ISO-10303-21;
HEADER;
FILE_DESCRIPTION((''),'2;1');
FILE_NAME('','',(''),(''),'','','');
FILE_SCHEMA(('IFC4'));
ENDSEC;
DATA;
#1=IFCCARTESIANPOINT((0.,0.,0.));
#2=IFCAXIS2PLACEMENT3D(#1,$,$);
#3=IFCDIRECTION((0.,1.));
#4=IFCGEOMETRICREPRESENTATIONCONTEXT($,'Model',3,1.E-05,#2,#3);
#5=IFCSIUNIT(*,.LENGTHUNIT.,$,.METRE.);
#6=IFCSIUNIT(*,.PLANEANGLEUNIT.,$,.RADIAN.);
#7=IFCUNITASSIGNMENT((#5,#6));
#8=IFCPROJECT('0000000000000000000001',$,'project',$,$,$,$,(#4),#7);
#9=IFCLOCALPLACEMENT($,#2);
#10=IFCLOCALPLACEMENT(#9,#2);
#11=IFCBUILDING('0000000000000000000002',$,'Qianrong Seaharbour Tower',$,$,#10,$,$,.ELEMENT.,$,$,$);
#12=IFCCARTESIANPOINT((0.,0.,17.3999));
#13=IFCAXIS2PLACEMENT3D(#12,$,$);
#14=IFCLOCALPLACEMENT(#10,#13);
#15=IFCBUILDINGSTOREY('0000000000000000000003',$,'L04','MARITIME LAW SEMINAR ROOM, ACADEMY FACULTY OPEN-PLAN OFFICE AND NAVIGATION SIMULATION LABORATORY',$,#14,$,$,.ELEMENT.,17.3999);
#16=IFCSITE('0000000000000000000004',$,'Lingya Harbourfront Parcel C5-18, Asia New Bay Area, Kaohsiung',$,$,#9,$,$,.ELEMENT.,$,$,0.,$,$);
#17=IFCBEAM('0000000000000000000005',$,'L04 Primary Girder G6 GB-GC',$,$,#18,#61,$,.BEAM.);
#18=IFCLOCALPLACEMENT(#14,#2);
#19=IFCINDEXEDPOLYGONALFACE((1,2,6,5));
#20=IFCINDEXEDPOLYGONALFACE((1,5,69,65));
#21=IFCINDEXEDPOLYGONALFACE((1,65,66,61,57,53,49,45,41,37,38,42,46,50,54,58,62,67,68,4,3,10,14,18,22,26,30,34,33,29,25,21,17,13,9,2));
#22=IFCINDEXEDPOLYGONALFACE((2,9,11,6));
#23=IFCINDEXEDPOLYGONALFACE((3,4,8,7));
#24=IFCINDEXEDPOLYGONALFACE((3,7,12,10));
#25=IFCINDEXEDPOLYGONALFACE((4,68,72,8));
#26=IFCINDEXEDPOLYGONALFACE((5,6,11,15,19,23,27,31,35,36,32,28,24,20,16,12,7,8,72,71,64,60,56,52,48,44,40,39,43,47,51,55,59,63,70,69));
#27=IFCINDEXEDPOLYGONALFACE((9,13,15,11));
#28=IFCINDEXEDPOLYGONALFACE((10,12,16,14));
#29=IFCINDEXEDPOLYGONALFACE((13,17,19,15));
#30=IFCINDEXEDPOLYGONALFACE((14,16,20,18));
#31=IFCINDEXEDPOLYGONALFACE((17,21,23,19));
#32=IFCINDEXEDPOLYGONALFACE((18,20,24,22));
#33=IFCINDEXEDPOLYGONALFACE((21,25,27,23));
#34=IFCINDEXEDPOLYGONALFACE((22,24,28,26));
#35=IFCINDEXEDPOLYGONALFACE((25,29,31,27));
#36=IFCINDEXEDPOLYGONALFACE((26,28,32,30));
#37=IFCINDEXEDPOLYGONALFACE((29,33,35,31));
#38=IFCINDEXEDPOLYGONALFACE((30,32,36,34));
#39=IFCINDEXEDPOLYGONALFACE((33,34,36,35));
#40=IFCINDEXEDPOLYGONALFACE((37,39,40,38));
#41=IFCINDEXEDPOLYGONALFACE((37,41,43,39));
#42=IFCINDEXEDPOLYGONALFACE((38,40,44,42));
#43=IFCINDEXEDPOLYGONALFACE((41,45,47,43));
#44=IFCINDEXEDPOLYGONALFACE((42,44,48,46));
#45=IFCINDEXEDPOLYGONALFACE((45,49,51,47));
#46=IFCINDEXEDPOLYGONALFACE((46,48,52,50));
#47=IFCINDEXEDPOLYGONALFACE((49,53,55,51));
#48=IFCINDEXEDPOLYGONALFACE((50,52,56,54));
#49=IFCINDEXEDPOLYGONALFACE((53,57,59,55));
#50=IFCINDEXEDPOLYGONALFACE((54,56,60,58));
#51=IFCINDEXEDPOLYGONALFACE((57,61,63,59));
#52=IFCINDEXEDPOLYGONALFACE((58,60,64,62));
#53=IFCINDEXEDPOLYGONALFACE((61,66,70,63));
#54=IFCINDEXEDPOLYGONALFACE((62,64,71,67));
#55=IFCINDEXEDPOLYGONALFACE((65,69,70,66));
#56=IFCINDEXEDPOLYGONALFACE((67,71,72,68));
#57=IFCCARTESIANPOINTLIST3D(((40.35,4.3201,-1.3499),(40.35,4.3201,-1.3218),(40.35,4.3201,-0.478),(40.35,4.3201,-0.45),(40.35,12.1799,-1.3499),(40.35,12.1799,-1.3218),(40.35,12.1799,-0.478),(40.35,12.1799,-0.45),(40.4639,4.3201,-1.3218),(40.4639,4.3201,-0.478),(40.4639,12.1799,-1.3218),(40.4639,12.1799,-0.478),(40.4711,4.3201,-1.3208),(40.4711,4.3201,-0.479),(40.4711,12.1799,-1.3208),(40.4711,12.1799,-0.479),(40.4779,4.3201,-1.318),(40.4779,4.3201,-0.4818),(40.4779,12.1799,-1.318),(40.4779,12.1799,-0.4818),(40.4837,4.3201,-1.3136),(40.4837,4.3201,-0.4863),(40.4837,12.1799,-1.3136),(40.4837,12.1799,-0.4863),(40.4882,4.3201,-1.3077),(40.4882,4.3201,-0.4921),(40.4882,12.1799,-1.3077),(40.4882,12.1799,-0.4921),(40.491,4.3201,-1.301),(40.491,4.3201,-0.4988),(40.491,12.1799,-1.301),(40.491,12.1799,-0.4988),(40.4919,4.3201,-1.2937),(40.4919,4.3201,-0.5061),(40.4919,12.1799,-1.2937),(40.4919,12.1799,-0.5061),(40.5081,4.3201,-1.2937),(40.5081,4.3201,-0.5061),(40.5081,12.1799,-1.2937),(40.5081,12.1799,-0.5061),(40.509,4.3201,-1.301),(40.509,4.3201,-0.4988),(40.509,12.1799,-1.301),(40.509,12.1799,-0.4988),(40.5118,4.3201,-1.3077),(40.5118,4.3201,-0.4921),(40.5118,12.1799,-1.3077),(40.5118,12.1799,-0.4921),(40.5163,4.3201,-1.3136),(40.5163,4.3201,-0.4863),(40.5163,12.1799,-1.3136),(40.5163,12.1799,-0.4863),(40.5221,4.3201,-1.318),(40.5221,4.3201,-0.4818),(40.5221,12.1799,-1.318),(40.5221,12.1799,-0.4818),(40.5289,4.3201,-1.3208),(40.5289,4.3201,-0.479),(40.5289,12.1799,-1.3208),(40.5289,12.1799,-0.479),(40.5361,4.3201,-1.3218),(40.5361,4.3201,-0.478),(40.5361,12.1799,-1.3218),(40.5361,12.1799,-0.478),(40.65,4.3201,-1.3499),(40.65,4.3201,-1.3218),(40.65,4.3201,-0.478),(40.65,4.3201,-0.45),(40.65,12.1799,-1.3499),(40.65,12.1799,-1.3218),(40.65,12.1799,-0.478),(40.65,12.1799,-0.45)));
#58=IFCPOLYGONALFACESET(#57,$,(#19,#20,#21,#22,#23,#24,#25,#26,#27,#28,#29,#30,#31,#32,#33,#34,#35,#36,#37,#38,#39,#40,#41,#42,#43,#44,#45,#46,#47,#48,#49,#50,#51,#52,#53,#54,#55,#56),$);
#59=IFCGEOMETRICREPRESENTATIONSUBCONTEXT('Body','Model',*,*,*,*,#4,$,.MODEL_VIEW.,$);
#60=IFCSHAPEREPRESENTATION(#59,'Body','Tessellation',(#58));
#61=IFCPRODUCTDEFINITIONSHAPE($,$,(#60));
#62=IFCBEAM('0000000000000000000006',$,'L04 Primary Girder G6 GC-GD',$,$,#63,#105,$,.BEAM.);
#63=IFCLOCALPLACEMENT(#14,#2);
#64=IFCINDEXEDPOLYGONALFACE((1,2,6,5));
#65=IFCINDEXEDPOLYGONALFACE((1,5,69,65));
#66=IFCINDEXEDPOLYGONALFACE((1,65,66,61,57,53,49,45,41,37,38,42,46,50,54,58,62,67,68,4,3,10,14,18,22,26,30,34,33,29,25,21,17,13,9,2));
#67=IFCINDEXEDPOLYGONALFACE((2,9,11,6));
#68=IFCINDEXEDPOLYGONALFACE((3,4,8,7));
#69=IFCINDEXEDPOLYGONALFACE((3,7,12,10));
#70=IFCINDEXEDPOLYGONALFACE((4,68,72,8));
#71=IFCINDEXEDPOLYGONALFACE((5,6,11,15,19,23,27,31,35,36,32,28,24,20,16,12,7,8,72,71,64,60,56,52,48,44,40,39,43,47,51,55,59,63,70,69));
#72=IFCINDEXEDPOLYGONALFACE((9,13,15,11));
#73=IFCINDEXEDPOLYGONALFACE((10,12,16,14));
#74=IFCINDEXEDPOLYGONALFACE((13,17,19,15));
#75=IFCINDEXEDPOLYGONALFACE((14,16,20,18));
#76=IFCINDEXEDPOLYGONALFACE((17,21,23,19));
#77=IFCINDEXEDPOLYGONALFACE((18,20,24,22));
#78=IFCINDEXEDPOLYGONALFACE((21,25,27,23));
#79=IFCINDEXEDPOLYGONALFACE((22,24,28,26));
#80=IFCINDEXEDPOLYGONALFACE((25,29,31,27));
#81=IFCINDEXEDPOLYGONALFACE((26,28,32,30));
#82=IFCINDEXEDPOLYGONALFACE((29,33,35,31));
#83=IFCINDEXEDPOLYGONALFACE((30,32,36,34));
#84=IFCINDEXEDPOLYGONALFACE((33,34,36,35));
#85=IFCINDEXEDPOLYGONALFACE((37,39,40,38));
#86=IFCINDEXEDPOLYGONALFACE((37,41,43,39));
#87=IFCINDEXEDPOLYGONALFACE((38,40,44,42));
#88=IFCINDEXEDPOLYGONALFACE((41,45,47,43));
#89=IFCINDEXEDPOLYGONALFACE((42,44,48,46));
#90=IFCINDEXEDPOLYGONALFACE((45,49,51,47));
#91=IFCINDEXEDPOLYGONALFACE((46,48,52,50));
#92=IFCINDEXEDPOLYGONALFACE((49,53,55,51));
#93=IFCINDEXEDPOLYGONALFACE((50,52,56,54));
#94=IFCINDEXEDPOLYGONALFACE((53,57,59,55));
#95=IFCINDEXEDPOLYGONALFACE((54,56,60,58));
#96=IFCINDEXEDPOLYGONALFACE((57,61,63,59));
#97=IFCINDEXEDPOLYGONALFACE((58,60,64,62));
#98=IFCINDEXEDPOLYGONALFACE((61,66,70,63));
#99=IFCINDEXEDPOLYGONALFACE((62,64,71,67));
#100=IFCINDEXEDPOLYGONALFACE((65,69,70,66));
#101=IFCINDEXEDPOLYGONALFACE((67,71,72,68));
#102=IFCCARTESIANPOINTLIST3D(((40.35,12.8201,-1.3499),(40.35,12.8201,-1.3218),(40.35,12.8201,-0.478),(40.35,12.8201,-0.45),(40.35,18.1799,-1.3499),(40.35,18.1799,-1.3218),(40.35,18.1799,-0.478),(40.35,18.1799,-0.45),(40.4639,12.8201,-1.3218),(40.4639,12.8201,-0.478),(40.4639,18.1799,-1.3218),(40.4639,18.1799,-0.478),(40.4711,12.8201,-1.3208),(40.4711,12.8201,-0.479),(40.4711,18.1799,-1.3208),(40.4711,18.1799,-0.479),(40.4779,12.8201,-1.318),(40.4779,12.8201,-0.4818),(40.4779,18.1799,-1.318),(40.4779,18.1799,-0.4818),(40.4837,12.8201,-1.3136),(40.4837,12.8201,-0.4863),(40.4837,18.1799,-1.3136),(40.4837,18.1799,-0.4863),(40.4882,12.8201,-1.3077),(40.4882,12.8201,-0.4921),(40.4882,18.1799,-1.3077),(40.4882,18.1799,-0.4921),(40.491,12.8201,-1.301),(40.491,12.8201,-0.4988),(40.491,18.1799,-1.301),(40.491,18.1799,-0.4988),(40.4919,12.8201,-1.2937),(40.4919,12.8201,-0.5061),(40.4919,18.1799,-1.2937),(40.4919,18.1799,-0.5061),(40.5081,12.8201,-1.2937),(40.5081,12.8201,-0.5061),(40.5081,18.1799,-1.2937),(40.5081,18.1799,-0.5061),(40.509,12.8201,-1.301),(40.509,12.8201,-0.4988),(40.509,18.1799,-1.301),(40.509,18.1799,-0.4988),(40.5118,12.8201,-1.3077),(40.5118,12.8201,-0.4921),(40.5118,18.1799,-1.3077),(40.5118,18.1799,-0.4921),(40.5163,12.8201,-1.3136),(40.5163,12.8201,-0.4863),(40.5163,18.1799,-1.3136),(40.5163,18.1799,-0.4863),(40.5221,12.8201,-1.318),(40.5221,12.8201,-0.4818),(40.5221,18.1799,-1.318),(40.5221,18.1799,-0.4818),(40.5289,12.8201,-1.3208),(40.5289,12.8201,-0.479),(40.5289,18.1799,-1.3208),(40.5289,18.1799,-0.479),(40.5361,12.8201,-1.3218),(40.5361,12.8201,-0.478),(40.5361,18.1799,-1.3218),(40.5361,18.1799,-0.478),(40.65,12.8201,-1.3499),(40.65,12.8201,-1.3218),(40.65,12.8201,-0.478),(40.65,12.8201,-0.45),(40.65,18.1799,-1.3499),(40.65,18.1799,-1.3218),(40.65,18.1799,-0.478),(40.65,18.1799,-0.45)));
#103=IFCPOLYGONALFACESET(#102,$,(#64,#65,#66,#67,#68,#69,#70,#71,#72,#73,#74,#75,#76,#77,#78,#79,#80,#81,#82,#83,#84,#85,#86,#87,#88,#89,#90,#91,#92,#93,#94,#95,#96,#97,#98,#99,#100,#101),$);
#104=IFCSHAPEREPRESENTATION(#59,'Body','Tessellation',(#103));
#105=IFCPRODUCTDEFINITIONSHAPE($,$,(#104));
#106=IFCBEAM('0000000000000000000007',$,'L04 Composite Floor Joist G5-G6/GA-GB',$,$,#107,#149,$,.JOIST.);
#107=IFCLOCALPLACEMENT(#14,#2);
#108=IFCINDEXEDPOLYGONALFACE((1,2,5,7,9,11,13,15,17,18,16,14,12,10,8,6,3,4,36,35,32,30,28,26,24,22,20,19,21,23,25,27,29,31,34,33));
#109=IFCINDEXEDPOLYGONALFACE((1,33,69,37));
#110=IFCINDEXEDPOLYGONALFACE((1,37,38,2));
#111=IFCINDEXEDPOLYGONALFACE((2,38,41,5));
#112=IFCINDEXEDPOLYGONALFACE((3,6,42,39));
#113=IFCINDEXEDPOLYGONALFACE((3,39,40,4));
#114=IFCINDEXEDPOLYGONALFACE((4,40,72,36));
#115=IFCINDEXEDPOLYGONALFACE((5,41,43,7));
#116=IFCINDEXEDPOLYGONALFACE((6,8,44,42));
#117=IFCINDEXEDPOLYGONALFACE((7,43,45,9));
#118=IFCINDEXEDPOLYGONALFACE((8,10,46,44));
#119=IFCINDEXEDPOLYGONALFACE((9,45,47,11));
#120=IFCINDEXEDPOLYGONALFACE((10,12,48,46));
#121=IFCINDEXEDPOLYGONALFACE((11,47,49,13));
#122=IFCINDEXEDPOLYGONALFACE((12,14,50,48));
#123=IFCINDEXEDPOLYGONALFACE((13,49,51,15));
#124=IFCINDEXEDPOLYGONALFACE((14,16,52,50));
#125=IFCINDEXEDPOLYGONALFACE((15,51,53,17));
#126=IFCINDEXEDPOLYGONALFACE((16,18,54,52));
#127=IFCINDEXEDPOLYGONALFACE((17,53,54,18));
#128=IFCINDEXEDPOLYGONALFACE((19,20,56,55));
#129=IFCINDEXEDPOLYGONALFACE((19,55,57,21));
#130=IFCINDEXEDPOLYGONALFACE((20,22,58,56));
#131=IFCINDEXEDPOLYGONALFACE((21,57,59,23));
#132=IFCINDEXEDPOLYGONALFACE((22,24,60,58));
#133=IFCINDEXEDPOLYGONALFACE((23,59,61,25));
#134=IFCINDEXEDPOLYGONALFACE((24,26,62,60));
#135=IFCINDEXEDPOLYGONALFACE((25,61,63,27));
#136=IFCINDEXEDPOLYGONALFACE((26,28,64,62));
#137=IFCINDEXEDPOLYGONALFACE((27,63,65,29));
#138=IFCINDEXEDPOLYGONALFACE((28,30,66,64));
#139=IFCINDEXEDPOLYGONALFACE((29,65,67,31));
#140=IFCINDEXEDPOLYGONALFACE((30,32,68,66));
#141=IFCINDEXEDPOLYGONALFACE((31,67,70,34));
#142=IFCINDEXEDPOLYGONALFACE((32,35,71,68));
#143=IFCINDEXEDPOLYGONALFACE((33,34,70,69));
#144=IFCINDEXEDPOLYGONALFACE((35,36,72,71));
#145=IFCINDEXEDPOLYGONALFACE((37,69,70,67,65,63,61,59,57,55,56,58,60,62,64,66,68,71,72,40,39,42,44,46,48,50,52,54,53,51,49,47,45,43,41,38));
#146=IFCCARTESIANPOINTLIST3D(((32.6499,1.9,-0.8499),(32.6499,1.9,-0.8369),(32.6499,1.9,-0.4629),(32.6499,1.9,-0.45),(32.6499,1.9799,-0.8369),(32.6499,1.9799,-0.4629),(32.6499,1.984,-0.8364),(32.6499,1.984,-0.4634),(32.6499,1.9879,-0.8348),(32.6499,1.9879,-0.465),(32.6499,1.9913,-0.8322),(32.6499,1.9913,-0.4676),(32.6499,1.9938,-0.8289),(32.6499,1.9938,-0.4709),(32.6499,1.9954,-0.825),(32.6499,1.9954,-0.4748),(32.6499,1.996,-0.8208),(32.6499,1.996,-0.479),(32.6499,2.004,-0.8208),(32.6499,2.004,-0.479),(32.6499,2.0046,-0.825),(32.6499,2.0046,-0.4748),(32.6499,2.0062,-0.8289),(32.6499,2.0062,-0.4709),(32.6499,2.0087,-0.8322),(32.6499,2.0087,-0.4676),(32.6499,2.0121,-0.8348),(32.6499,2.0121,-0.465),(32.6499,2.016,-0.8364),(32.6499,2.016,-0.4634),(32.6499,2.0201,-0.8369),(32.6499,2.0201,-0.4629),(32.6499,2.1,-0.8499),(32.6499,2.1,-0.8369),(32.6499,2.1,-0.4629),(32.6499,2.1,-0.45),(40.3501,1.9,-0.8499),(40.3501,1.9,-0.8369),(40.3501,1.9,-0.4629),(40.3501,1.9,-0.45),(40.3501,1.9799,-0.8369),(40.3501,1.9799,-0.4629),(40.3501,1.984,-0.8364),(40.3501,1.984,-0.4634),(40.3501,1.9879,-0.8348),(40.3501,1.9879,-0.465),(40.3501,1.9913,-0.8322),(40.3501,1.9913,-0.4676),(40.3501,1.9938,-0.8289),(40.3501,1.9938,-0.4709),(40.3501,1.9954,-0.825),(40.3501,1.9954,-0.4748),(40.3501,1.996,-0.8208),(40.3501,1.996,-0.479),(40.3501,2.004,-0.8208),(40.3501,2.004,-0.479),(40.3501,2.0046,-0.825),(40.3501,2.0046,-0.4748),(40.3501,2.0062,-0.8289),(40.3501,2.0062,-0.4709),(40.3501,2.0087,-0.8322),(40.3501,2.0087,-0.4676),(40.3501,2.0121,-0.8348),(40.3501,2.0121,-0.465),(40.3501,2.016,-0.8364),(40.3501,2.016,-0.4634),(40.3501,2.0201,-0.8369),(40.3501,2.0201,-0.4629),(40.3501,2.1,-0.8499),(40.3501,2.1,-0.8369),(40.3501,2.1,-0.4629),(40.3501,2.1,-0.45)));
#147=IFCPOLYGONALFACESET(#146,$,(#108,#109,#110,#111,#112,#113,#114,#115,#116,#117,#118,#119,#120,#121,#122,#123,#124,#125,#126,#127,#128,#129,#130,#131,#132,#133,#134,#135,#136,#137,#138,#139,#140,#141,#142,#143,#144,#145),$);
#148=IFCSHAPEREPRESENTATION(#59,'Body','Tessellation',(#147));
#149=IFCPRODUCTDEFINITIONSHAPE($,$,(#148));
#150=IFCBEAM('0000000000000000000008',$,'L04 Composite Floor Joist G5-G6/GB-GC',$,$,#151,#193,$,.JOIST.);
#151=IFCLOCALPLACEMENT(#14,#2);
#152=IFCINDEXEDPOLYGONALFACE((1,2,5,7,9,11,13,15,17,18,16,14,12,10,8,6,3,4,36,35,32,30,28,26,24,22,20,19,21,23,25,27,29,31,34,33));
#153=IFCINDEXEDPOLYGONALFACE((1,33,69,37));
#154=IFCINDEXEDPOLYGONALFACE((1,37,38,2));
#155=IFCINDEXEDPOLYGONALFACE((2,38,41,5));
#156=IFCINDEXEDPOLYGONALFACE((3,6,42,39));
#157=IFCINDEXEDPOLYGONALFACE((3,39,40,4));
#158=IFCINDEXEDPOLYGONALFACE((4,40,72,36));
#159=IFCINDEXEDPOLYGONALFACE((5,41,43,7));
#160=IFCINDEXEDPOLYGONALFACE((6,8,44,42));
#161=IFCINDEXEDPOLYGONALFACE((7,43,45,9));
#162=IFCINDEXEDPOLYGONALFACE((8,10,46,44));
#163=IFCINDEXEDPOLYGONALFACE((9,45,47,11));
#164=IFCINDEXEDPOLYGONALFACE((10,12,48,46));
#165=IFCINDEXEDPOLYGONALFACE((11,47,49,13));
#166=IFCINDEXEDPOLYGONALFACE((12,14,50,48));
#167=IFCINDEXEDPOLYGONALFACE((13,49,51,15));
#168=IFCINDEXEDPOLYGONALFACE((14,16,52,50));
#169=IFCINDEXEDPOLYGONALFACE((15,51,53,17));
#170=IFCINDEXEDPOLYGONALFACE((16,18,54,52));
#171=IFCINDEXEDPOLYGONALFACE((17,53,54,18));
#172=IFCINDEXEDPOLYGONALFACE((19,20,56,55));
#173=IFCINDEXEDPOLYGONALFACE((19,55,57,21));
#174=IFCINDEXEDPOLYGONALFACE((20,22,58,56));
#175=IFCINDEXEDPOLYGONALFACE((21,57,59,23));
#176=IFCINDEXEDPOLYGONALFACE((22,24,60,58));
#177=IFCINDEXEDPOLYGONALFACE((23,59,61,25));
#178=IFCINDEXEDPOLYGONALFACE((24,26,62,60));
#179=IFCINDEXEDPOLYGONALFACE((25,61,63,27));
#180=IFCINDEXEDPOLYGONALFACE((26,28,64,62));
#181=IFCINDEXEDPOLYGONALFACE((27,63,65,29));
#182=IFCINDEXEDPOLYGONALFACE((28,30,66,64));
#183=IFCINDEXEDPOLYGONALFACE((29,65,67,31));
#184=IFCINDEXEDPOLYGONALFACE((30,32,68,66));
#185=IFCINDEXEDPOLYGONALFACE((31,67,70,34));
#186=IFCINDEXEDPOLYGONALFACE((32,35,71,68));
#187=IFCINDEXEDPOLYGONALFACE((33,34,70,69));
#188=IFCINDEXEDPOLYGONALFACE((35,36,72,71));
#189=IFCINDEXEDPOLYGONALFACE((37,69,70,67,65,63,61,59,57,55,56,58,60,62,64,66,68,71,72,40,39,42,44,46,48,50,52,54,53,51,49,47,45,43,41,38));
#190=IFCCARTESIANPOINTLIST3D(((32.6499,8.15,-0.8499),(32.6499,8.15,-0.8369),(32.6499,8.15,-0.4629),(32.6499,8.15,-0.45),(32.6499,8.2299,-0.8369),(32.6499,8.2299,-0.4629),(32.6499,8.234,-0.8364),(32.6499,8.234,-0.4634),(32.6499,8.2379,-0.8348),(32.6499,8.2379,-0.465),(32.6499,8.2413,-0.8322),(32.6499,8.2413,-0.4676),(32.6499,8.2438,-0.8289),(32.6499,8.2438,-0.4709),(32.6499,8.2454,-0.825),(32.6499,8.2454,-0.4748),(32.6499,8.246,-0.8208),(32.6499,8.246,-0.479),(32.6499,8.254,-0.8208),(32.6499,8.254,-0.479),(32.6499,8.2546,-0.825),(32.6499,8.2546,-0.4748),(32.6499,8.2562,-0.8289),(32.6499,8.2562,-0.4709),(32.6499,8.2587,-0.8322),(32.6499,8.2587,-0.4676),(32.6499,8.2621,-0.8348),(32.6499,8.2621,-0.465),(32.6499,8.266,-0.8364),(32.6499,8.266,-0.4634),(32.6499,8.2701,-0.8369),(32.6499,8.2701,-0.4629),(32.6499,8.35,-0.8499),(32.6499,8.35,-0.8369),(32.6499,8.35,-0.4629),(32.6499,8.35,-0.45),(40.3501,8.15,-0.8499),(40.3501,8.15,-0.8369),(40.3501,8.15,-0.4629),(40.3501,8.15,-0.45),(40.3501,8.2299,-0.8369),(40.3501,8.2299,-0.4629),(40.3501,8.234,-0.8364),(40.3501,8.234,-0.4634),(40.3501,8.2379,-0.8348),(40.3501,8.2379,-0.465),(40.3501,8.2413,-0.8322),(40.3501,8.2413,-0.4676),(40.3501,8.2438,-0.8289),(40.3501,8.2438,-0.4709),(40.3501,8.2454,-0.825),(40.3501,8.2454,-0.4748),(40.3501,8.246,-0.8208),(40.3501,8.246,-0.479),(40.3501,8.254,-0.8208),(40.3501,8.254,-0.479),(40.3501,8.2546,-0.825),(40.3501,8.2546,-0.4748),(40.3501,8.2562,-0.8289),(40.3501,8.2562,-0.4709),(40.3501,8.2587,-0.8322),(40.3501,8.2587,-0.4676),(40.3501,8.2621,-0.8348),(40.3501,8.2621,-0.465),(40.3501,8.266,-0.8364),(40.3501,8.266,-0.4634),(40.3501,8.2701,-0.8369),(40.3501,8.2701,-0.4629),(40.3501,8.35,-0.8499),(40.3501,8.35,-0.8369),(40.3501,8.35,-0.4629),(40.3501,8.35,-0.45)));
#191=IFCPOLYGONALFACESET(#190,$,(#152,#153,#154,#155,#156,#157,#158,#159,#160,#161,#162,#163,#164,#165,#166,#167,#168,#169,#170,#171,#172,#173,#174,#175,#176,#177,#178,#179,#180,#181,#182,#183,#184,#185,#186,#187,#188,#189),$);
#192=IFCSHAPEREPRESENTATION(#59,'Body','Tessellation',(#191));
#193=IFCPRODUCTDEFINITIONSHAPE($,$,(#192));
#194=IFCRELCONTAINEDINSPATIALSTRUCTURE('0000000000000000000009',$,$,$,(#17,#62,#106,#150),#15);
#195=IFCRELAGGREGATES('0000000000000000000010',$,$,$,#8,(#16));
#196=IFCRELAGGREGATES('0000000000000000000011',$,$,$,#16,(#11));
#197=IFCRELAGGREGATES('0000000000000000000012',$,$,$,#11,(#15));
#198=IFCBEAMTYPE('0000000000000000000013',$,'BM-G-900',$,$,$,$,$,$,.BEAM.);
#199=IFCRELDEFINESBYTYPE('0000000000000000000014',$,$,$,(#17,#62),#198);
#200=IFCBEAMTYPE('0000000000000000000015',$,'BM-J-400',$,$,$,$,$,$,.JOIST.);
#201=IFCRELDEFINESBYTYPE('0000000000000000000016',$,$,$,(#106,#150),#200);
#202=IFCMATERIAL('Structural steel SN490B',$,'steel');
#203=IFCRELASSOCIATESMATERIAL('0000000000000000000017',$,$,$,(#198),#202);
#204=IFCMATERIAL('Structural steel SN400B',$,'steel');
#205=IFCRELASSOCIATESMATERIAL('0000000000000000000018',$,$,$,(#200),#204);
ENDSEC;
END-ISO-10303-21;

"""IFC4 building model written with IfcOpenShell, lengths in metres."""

from ifc_helpers import new_model, si_unit, direction, frame, origin, origin_2d, place, context, subcontext, project, spatial, i_section, extrude, material, material_profile, profile_set, type_object, element, save


model = new_model("IFC4")

# Units and contexts
model_context = context("Model", 3, precision=1e-05, world=origin(), true_north=direction((0.0, 1.0)))
body_context = subcontext(model_context, "Body", "Model", "MODEL_VIEW")
ifc_project = project(units=[si_unit("LENGTHUNIT", "METRE"), si_unit("PLANEANGLEUNIT", "RADIAN")], contexts=[model_context])

# Site, building, storey
site_placement = place(None, origin())
site = spatial("IfcSite", under=ifc_project, at=site_placement, Name="Lingya Harbourfront Parcel C5-18, Asia New Bay Area, Kaohsiung", CompositionType="ELEMENT", RefElevation=0.0)
building_placement = place(site_placement, origin())
building = spatial("IfcBuilding", under=site, at=building_placement, Name="Qianrong Seaharbour Tower", CompositionType="ELEMENT")
storey_placement = place(building_placement, frame((0.0, 0.0, 17.3999)))
storey = spatial("IfcBuildingStorey", under=building, at=storey_placement, Name="L04", Description="MARITIME LAW SEMINAR ROOM, ACADEMY FACULTY OPEN-PLAN OFFICE AND NAVIGATION SIMULATION LABORATORY", CompositionType="ELEMENT", Elevation=17.3999)

# Beams
ifc_material_1 = material(Name="Structural steel SN490B", Category="steel")
ifc_material_profile_1 = material_profile(ifc_material_1, i_section(OverallWidth=0.3, OverallDepth=0.8999, WebThickness=0.0161, FlangeThickness=0.0281, FilletRadius=0.0281, at=origin_2d()), Name="H900x300x16x28")
ifc_profile_set_1 = profile_set([ifc_material_profile_1], Name="Structural steel SN490B")
beam_type_1 = type_object("IfcBeamType", Name="BM-G-900", PredefinedType="BEAM", material=ifc_profile_set_1)
beam_1_placement = place(storey_placement, frame((40.5, 4.3201, -0.8999), z_axis=(0.0, 1.0, 0.0), x_axis=(-1.0, 0.0, 0.0)))
element("IfcBeam", 1, at=beam_1_placement, inside=storey, type_object=beam_type_1, Name="L04 Primary Girder G6 GB-GC", PredefinedType="BEAM", context=body_context, shape_type="SweptSolid", body=[
    extrude(i_section(OverallWidth=0.3, OverallDepth=0.8999, WebThickness=0.0161, FlangeThickness=0.0281, FilletRadius=0.0281, at=origin_2d()), origin(), (0.0, 0.0, 1.0), 7.8599),
])
beam_2_placement = place(storey_placement, frame((40.5, 12.8201, -0.8999), z_axis=(0.0, 1.0, 0.0), x_axis=(-1.0, 0.0, 0.0)))
element("IfcBeam", 2, at=beam_2_placement, inside=storey, type_object=beam_type_1, Name="L04 Primary Girder G6 GC-GD", PredefinedType="BEAM", context=body_context, shape_type="SweptSolid", body=[
    extrude(i_section(OverallWidth=0.3, OverallDepth=0.8999, WebThickness=0.0161, FlangeThickness=0.0281, FilletRadius=0.0281, at=origin_2d()), origin(), (0.0, 0.0, 1.0), 5.3599),
])
ifc_material_2 = material(Name="Structural steel SN400B", Category="steel")
ifc_material_profile_2 = material_profile(ifc_material_2, i_section(OverallWidth=0.2, OverallDepth=0.3999, WebThickness=0.0081, FlangeThickness=0.0129, FilletRadius=0.0161, at=origin_2d()), Name="H400x200x8x13")
ifc_profile_set_2 = profile_set([ifc_material_profile_2], Name="Structural steel SN400B")
beam_type_2 = type_object("IfcBeamType", Name="BM-J-400", PredefinedType="JOIST", material=ifc_profile_set_2)
for number, where, z_axis, x_axis, name in (
    (3, (32.6499, 2.0, -0.6499), (1.0, 0.0, 0.0), (0.0, 1.0, 0.0), "L04 Composite Floor Joist G5-G6/GA-GB"),
    (4, (32.6499, 8.25, -0.6499), (1.0, 0.0, 0.0), (0.0, 1.0, 0.0), "L04 Composite Floor Joist G5-G6/GB-GC"),
):
    element("IfcBeam", number, at=place(storey_placement, frame(where, z_axis=z_axis, x_axis=x_axis)), inside=storey, type_object=beam_type_2, Name=name, PredefinedType="JOIST", context=body_context, shape_type="SweptSolid", body=[
        extrude(i_section(OverallWidth=0.2, OverallDepth=0.3999, WebThickness=0.0081, FlangeThickness=0.0129, FilletRadius=0.0161, at=origin_2d()), origin(), (0.0, 0.0, 1.0), 7.7002),
    ])

save(model, "model.ifc")
